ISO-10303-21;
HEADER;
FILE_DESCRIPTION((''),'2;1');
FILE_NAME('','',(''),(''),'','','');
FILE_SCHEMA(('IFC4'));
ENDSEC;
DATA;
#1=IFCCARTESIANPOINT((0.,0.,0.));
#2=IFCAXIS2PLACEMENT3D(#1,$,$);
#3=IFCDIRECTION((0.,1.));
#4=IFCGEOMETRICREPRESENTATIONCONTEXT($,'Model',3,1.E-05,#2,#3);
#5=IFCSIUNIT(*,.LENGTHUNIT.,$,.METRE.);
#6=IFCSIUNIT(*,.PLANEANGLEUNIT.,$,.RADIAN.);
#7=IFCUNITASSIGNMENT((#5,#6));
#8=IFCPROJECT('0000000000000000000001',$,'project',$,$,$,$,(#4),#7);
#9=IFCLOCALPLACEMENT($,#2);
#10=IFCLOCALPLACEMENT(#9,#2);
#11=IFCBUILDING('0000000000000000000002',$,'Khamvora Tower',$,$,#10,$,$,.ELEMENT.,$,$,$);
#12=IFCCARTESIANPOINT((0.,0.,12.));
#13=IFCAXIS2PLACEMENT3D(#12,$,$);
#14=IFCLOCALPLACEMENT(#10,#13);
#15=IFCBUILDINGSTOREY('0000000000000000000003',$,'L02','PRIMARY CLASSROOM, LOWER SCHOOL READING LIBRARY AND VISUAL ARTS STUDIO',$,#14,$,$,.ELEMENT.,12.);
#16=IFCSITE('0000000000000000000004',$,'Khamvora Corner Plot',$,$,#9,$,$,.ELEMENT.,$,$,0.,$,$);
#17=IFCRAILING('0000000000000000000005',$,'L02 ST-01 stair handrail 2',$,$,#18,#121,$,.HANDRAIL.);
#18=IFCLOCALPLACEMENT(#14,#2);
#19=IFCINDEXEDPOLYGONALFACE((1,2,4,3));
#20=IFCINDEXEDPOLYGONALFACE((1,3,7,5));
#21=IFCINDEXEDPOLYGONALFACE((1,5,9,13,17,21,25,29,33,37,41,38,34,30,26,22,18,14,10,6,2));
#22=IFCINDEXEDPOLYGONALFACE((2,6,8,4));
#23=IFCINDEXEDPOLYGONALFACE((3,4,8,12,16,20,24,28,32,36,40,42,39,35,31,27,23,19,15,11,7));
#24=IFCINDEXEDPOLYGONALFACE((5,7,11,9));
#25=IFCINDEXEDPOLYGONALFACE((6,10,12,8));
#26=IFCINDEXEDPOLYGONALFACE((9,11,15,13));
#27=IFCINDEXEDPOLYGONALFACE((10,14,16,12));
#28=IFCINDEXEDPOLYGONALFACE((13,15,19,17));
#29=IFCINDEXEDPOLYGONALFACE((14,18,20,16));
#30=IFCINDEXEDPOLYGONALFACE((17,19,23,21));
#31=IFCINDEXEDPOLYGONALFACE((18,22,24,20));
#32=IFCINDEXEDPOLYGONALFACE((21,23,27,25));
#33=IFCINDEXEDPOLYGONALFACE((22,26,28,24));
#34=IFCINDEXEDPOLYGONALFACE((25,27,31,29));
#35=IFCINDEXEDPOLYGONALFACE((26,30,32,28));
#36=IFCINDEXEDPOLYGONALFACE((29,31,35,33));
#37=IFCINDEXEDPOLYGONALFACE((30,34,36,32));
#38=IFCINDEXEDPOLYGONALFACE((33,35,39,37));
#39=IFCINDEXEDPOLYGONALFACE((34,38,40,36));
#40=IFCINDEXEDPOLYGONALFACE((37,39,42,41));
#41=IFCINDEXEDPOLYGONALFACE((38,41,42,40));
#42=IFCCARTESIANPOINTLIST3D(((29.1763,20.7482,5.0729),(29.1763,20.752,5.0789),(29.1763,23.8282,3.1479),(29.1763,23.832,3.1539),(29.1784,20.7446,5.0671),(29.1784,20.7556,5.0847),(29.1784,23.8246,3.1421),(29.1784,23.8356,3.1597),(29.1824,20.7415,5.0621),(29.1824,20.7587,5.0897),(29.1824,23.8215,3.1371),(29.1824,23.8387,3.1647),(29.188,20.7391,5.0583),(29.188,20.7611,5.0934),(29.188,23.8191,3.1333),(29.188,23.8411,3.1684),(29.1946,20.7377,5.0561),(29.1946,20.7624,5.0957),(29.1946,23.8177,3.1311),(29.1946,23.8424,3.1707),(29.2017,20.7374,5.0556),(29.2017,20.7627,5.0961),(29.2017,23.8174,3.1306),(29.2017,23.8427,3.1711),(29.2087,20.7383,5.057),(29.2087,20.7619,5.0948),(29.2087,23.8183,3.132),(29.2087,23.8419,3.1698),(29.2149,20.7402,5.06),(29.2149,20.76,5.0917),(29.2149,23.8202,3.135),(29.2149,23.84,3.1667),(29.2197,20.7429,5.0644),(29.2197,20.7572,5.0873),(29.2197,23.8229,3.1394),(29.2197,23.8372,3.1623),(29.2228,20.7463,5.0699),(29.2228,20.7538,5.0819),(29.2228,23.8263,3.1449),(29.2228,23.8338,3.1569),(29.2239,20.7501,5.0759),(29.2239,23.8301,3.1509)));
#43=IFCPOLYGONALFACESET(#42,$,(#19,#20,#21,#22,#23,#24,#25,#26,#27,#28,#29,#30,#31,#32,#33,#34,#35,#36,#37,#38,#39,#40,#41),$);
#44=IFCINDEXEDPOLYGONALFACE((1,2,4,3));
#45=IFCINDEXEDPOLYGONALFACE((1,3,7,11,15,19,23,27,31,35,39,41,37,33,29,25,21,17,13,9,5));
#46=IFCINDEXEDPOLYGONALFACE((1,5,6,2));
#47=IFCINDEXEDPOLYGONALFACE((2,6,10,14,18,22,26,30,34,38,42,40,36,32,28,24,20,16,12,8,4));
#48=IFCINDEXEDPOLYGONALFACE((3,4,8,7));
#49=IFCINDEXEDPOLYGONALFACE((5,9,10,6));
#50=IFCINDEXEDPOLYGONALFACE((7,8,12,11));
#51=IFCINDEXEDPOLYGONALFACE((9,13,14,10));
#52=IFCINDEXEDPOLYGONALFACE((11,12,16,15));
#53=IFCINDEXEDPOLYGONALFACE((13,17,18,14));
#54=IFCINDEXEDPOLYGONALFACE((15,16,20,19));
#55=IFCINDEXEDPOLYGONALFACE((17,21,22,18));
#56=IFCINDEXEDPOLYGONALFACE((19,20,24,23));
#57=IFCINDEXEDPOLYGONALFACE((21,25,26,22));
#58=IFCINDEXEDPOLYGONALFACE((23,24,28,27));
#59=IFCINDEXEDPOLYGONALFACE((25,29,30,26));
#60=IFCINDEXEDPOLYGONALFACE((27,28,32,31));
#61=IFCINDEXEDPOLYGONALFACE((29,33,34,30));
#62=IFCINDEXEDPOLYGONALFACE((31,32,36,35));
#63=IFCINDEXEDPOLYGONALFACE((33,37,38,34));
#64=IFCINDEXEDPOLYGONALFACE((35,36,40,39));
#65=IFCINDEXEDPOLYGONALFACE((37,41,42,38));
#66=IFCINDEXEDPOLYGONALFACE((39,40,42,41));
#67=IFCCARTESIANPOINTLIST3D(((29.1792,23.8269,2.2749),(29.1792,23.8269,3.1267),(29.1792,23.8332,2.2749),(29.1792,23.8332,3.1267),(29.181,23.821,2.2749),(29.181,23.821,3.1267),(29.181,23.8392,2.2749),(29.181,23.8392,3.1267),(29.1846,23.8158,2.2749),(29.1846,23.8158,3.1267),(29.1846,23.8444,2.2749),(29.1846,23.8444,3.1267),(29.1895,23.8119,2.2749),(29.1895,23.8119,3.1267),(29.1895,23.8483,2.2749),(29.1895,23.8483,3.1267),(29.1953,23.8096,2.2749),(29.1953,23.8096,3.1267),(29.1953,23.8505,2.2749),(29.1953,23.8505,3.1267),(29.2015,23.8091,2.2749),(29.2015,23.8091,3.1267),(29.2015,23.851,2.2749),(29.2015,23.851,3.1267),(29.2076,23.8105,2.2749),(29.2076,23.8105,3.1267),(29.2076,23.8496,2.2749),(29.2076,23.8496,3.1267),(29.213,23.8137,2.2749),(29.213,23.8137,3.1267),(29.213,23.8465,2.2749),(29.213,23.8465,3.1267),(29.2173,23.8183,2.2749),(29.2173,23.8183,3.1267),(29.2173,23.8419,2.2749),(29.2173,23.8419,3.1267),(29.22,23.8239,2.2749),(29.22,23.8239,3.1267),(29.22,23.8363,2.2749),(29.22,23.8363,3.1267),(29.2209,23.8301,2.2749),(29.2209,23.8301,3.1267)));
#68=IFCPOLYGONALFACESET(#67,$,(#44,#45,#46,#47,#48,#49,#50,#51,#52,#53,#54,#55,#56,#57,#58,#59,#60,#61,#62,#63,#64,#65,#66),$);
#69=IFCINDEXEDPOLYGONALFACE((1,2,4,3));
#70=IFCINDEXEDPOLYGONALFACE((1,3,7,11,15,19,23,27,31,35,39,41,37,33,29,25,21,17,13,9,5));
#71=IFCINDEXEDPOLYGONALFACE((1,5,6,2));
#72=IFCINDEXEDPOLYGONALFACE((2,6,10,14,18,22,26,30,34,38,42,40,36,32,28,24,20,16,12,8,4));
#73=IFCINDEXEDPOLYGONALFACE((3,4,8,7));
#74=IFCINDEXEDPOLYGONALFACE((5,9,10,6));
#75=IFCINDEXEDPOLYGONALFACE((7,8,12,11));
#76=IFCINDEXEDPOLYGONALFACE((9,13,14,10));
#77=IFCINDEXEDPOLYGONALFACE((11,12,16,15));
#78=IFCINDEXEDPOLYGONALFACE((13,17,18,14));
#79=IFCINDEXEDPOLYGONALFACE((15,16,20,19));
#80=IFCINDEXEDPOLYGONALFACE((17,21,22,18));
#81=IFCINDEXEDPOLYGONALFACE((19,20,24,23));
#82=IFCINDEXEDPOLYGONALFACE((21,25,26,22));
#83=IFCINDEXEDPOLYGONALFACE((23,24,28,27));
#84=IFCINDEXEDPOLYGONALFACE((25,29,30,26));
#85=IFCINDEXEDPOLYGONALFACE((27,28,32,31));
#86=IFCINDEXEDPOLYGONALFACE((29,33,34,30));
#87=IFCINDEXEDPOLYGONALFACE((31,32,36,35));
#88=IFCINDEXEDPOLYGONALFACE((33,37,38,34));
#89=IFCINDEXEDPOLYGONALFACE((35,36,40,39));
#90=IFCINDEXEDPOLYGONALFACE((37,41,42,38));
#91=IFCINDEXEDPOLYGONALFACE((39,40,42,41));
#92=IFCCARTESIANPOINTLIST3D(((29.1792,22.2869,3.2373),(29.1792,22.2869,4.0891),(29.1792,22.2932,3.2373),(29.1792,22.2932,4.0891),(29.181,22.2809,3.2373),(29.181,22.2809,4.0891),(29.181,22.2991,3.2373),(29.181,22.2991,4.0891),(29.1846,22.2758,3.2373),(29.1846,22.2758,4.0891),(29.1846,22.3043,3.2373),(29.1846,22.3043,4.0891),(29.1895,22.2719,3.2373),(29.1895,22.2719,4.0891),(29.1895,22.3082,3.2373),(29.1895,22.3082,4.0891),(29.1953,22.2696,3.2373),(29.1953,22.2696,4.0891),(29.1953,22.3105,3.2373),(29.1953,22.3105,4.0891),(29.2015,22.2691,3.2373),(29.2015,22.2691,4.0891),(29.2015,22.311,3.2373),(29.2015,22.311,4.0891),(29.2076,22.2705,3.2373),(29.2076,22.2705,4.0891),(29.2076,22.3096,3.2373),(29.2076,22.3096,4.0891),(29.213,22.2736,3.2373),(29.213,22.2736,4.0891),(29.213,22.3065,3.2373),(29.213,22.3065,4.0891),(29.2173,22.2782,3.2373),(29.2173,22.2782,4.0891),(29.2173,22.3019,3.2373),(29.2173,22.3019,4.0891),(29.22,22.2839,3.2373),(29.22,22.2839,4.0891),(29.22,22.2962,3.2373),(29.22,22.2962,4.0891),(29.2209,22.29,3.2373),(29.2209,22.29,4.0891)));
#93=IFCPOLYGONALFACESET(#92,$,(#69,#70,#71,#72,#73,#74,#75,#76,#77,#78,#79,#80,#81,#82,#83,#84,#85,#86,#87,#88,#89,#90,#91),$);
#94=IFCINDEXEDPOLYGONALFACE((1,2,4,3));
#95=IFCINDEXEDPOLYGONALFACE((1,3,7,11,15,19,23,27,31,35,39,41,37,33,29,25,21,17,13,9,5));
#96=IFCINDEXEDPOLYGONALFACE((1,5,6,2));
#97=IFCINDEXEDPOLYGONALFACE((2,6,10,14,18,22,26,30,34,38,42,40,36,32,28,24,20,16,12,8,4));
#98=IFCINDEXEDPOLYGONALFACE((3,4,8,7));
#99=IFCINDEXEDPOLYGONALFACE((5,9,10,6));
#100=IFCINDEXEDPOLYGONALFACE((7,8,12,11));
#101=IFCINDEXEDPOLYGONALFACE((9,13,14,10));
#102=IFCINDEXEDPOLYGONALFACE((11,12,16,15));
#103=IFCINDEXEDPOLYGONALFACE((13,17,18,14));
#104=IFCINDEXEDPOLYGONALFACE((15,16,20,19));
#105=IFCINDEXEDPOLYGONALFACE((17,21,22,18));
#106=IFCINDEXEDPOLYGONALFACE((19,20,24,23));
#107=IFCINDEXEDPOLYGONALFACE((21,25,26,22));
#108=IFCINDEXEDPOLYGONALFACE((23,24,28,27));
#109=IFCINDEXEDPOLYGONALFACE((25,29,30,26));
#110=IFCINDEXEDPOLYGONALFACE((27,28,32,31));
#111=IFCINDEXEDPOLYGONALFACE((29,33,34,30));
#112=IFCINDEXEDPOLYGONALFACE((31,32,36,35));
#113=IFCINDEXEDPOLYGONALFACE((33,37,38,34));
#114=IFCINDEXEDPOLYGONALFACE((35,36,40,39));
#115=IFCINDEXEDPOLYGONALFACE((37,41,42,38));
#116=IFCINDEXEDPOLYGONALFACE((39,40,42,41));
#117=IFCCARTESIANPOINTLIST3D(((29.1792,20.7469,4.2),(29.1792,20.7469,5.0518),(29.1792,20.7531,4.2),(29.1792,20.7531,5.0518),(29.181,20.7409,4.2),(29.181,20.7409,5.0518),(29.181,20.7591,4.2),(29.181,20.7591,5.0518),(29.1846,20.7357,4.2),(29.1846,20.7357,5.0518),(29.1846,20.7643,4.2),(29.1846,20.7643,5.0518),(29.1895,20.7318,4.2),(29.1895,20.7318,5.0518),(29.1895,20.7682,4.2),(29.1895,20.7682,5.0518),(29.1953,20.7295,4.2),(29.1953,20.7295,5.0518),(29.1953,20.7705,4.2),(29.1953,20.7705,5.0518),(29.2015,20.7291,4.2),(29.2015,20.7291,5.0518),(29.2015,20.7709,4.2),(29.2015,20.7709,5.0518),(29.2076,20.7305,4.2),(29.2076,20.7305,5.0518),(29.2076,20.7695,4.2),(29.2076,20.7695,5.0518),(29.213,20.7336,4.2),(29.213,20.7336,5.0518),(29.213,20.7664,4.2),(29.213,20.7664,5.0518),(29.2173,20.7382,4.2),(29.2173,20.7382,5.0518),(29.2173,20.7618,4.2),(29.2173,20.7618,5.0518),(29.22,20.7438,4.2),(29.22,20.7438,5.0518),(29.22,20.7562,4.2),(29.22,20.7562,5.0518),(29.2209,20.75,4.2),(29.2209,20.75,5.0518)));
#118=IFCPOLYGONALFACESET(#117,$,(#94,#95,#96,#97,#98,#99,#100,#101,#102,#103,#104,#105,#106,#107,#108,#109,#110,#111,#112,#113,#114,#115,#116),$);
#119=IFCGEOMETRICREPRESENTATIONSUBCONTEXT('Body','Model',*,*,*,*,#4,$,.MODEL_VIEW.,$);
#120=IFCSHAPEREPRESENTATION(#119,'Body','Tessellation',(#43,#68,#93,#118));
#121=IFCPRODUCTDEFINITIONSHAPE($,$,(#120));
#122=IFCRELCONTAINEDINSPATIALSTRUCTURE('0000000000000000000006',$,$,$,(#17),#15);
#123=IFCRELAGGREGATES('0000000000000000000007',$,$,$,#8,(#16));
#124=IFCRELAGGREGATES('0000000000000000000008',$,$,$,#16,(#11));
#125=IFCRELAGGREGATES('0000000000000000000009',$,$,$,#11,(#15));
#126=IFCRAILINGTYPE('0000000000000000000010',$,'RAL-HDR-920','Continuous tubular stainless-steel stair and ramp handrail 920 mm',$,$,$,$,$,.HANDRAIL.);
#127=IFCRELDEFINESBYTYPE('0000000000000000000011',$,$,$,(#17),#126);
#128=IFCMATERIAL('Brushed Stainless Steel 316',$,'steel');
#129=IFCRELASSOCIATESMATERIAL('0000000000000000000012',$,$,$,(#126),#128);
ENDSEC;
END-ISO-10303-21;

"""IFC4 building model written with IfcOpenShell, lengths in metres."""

from ifc_helpers import new_model, si_unit, direction, frame, origin, origin_2d, place, context, subcontext, project, spatial, circle, extrude, material, type_object, element, save


model = new_model("IFC4")

# Units and contexts
model_context = context("Model", 3, precision=1e-05, world=origin(), true_north=direction((0.0, 1.0)))
body_context = subcontext(model_context, "Body", "Model", "MODEL_VIEW")
ifc_project = project(units=[si_unit("LENGTHUNIT", "METRE"), si_unit("PLANEANGLEUNIT", "RADIAN")], contexts=[model_context])

# Site, building, storey
site_placement = place(None, origin())
site = spatial("IfcSite", under=ifc_project, at=site_placement, Name="Khamvora Corner Plot", CompositionType="ELEMENT", RefElevation=0.0)
building_placement = place(site_placement, origin())
building = spatial("IfcBuilding", under=site, at=building_placement, Name="Khamvora Tower", CompositionType="ELEMENT")
storey_placement = place(building_placement, frame((0.0, 0.0, 12.0)))
storey = spatial("IfcBuildingStorey", under=building, at=storey_placement, Name="L02", Description="PRIMARY CLASSROOM, LOWER SCHOOL READING LIBRARY AND VISUAL ARTS STUDIO", CompositionType="ELEMENT", Elevation=12.0)

# Railing
ifc_material_1 = material(Name="Brushed Stainless Steel 316", Category="steel")
railing_type_1 = type_object("IfcRailingType", Name="RAL-HDR-920", Description="Continuous tubular stainless-steel stair and ramp handrail 920 mm", PredefinedType="HANDRAIL", material=ifc_material_1)
railing_1_placement = place(storey_placement, frame((29.2, 23.8301, 2.2749)))
element("IfcRailing", 1, at=railing_1_placement, inside=storey, type_object=railing_type_1, Name="L02 ST-01 stair handrail 2", PredefinedType="HANDRAIL", context=body_context, shape_type="SweptSolid", body=[
    extrude(circle(Radius=0.0239, at=origin_2d()), frame((0.0, 0.0, 0.876), z_axis=(0.0, -0.847998, 0.529999), x_axis=(1.0, 0.0, 0.0)), (0.0, 0.0, 1.0), 3.6321),
    extrude(circle(Radius=0.021, at=origin_2d()), origin(), (0.0, 0.0, 1.0), 0.8518),
    extrude(circle(Radius=0.021, at=origin_2d()), frame((0.0, -1.54, 0.9624)), (0.0, 0.0, 1.0), 0.8518),
    extrude(circle(Radius=0.021, at=origin_2d()), frame((0.0, -3.0801, 1.925)), (0.0, 0.0, 1.0), 0.8518),
])

save(model, "model.ifc")
